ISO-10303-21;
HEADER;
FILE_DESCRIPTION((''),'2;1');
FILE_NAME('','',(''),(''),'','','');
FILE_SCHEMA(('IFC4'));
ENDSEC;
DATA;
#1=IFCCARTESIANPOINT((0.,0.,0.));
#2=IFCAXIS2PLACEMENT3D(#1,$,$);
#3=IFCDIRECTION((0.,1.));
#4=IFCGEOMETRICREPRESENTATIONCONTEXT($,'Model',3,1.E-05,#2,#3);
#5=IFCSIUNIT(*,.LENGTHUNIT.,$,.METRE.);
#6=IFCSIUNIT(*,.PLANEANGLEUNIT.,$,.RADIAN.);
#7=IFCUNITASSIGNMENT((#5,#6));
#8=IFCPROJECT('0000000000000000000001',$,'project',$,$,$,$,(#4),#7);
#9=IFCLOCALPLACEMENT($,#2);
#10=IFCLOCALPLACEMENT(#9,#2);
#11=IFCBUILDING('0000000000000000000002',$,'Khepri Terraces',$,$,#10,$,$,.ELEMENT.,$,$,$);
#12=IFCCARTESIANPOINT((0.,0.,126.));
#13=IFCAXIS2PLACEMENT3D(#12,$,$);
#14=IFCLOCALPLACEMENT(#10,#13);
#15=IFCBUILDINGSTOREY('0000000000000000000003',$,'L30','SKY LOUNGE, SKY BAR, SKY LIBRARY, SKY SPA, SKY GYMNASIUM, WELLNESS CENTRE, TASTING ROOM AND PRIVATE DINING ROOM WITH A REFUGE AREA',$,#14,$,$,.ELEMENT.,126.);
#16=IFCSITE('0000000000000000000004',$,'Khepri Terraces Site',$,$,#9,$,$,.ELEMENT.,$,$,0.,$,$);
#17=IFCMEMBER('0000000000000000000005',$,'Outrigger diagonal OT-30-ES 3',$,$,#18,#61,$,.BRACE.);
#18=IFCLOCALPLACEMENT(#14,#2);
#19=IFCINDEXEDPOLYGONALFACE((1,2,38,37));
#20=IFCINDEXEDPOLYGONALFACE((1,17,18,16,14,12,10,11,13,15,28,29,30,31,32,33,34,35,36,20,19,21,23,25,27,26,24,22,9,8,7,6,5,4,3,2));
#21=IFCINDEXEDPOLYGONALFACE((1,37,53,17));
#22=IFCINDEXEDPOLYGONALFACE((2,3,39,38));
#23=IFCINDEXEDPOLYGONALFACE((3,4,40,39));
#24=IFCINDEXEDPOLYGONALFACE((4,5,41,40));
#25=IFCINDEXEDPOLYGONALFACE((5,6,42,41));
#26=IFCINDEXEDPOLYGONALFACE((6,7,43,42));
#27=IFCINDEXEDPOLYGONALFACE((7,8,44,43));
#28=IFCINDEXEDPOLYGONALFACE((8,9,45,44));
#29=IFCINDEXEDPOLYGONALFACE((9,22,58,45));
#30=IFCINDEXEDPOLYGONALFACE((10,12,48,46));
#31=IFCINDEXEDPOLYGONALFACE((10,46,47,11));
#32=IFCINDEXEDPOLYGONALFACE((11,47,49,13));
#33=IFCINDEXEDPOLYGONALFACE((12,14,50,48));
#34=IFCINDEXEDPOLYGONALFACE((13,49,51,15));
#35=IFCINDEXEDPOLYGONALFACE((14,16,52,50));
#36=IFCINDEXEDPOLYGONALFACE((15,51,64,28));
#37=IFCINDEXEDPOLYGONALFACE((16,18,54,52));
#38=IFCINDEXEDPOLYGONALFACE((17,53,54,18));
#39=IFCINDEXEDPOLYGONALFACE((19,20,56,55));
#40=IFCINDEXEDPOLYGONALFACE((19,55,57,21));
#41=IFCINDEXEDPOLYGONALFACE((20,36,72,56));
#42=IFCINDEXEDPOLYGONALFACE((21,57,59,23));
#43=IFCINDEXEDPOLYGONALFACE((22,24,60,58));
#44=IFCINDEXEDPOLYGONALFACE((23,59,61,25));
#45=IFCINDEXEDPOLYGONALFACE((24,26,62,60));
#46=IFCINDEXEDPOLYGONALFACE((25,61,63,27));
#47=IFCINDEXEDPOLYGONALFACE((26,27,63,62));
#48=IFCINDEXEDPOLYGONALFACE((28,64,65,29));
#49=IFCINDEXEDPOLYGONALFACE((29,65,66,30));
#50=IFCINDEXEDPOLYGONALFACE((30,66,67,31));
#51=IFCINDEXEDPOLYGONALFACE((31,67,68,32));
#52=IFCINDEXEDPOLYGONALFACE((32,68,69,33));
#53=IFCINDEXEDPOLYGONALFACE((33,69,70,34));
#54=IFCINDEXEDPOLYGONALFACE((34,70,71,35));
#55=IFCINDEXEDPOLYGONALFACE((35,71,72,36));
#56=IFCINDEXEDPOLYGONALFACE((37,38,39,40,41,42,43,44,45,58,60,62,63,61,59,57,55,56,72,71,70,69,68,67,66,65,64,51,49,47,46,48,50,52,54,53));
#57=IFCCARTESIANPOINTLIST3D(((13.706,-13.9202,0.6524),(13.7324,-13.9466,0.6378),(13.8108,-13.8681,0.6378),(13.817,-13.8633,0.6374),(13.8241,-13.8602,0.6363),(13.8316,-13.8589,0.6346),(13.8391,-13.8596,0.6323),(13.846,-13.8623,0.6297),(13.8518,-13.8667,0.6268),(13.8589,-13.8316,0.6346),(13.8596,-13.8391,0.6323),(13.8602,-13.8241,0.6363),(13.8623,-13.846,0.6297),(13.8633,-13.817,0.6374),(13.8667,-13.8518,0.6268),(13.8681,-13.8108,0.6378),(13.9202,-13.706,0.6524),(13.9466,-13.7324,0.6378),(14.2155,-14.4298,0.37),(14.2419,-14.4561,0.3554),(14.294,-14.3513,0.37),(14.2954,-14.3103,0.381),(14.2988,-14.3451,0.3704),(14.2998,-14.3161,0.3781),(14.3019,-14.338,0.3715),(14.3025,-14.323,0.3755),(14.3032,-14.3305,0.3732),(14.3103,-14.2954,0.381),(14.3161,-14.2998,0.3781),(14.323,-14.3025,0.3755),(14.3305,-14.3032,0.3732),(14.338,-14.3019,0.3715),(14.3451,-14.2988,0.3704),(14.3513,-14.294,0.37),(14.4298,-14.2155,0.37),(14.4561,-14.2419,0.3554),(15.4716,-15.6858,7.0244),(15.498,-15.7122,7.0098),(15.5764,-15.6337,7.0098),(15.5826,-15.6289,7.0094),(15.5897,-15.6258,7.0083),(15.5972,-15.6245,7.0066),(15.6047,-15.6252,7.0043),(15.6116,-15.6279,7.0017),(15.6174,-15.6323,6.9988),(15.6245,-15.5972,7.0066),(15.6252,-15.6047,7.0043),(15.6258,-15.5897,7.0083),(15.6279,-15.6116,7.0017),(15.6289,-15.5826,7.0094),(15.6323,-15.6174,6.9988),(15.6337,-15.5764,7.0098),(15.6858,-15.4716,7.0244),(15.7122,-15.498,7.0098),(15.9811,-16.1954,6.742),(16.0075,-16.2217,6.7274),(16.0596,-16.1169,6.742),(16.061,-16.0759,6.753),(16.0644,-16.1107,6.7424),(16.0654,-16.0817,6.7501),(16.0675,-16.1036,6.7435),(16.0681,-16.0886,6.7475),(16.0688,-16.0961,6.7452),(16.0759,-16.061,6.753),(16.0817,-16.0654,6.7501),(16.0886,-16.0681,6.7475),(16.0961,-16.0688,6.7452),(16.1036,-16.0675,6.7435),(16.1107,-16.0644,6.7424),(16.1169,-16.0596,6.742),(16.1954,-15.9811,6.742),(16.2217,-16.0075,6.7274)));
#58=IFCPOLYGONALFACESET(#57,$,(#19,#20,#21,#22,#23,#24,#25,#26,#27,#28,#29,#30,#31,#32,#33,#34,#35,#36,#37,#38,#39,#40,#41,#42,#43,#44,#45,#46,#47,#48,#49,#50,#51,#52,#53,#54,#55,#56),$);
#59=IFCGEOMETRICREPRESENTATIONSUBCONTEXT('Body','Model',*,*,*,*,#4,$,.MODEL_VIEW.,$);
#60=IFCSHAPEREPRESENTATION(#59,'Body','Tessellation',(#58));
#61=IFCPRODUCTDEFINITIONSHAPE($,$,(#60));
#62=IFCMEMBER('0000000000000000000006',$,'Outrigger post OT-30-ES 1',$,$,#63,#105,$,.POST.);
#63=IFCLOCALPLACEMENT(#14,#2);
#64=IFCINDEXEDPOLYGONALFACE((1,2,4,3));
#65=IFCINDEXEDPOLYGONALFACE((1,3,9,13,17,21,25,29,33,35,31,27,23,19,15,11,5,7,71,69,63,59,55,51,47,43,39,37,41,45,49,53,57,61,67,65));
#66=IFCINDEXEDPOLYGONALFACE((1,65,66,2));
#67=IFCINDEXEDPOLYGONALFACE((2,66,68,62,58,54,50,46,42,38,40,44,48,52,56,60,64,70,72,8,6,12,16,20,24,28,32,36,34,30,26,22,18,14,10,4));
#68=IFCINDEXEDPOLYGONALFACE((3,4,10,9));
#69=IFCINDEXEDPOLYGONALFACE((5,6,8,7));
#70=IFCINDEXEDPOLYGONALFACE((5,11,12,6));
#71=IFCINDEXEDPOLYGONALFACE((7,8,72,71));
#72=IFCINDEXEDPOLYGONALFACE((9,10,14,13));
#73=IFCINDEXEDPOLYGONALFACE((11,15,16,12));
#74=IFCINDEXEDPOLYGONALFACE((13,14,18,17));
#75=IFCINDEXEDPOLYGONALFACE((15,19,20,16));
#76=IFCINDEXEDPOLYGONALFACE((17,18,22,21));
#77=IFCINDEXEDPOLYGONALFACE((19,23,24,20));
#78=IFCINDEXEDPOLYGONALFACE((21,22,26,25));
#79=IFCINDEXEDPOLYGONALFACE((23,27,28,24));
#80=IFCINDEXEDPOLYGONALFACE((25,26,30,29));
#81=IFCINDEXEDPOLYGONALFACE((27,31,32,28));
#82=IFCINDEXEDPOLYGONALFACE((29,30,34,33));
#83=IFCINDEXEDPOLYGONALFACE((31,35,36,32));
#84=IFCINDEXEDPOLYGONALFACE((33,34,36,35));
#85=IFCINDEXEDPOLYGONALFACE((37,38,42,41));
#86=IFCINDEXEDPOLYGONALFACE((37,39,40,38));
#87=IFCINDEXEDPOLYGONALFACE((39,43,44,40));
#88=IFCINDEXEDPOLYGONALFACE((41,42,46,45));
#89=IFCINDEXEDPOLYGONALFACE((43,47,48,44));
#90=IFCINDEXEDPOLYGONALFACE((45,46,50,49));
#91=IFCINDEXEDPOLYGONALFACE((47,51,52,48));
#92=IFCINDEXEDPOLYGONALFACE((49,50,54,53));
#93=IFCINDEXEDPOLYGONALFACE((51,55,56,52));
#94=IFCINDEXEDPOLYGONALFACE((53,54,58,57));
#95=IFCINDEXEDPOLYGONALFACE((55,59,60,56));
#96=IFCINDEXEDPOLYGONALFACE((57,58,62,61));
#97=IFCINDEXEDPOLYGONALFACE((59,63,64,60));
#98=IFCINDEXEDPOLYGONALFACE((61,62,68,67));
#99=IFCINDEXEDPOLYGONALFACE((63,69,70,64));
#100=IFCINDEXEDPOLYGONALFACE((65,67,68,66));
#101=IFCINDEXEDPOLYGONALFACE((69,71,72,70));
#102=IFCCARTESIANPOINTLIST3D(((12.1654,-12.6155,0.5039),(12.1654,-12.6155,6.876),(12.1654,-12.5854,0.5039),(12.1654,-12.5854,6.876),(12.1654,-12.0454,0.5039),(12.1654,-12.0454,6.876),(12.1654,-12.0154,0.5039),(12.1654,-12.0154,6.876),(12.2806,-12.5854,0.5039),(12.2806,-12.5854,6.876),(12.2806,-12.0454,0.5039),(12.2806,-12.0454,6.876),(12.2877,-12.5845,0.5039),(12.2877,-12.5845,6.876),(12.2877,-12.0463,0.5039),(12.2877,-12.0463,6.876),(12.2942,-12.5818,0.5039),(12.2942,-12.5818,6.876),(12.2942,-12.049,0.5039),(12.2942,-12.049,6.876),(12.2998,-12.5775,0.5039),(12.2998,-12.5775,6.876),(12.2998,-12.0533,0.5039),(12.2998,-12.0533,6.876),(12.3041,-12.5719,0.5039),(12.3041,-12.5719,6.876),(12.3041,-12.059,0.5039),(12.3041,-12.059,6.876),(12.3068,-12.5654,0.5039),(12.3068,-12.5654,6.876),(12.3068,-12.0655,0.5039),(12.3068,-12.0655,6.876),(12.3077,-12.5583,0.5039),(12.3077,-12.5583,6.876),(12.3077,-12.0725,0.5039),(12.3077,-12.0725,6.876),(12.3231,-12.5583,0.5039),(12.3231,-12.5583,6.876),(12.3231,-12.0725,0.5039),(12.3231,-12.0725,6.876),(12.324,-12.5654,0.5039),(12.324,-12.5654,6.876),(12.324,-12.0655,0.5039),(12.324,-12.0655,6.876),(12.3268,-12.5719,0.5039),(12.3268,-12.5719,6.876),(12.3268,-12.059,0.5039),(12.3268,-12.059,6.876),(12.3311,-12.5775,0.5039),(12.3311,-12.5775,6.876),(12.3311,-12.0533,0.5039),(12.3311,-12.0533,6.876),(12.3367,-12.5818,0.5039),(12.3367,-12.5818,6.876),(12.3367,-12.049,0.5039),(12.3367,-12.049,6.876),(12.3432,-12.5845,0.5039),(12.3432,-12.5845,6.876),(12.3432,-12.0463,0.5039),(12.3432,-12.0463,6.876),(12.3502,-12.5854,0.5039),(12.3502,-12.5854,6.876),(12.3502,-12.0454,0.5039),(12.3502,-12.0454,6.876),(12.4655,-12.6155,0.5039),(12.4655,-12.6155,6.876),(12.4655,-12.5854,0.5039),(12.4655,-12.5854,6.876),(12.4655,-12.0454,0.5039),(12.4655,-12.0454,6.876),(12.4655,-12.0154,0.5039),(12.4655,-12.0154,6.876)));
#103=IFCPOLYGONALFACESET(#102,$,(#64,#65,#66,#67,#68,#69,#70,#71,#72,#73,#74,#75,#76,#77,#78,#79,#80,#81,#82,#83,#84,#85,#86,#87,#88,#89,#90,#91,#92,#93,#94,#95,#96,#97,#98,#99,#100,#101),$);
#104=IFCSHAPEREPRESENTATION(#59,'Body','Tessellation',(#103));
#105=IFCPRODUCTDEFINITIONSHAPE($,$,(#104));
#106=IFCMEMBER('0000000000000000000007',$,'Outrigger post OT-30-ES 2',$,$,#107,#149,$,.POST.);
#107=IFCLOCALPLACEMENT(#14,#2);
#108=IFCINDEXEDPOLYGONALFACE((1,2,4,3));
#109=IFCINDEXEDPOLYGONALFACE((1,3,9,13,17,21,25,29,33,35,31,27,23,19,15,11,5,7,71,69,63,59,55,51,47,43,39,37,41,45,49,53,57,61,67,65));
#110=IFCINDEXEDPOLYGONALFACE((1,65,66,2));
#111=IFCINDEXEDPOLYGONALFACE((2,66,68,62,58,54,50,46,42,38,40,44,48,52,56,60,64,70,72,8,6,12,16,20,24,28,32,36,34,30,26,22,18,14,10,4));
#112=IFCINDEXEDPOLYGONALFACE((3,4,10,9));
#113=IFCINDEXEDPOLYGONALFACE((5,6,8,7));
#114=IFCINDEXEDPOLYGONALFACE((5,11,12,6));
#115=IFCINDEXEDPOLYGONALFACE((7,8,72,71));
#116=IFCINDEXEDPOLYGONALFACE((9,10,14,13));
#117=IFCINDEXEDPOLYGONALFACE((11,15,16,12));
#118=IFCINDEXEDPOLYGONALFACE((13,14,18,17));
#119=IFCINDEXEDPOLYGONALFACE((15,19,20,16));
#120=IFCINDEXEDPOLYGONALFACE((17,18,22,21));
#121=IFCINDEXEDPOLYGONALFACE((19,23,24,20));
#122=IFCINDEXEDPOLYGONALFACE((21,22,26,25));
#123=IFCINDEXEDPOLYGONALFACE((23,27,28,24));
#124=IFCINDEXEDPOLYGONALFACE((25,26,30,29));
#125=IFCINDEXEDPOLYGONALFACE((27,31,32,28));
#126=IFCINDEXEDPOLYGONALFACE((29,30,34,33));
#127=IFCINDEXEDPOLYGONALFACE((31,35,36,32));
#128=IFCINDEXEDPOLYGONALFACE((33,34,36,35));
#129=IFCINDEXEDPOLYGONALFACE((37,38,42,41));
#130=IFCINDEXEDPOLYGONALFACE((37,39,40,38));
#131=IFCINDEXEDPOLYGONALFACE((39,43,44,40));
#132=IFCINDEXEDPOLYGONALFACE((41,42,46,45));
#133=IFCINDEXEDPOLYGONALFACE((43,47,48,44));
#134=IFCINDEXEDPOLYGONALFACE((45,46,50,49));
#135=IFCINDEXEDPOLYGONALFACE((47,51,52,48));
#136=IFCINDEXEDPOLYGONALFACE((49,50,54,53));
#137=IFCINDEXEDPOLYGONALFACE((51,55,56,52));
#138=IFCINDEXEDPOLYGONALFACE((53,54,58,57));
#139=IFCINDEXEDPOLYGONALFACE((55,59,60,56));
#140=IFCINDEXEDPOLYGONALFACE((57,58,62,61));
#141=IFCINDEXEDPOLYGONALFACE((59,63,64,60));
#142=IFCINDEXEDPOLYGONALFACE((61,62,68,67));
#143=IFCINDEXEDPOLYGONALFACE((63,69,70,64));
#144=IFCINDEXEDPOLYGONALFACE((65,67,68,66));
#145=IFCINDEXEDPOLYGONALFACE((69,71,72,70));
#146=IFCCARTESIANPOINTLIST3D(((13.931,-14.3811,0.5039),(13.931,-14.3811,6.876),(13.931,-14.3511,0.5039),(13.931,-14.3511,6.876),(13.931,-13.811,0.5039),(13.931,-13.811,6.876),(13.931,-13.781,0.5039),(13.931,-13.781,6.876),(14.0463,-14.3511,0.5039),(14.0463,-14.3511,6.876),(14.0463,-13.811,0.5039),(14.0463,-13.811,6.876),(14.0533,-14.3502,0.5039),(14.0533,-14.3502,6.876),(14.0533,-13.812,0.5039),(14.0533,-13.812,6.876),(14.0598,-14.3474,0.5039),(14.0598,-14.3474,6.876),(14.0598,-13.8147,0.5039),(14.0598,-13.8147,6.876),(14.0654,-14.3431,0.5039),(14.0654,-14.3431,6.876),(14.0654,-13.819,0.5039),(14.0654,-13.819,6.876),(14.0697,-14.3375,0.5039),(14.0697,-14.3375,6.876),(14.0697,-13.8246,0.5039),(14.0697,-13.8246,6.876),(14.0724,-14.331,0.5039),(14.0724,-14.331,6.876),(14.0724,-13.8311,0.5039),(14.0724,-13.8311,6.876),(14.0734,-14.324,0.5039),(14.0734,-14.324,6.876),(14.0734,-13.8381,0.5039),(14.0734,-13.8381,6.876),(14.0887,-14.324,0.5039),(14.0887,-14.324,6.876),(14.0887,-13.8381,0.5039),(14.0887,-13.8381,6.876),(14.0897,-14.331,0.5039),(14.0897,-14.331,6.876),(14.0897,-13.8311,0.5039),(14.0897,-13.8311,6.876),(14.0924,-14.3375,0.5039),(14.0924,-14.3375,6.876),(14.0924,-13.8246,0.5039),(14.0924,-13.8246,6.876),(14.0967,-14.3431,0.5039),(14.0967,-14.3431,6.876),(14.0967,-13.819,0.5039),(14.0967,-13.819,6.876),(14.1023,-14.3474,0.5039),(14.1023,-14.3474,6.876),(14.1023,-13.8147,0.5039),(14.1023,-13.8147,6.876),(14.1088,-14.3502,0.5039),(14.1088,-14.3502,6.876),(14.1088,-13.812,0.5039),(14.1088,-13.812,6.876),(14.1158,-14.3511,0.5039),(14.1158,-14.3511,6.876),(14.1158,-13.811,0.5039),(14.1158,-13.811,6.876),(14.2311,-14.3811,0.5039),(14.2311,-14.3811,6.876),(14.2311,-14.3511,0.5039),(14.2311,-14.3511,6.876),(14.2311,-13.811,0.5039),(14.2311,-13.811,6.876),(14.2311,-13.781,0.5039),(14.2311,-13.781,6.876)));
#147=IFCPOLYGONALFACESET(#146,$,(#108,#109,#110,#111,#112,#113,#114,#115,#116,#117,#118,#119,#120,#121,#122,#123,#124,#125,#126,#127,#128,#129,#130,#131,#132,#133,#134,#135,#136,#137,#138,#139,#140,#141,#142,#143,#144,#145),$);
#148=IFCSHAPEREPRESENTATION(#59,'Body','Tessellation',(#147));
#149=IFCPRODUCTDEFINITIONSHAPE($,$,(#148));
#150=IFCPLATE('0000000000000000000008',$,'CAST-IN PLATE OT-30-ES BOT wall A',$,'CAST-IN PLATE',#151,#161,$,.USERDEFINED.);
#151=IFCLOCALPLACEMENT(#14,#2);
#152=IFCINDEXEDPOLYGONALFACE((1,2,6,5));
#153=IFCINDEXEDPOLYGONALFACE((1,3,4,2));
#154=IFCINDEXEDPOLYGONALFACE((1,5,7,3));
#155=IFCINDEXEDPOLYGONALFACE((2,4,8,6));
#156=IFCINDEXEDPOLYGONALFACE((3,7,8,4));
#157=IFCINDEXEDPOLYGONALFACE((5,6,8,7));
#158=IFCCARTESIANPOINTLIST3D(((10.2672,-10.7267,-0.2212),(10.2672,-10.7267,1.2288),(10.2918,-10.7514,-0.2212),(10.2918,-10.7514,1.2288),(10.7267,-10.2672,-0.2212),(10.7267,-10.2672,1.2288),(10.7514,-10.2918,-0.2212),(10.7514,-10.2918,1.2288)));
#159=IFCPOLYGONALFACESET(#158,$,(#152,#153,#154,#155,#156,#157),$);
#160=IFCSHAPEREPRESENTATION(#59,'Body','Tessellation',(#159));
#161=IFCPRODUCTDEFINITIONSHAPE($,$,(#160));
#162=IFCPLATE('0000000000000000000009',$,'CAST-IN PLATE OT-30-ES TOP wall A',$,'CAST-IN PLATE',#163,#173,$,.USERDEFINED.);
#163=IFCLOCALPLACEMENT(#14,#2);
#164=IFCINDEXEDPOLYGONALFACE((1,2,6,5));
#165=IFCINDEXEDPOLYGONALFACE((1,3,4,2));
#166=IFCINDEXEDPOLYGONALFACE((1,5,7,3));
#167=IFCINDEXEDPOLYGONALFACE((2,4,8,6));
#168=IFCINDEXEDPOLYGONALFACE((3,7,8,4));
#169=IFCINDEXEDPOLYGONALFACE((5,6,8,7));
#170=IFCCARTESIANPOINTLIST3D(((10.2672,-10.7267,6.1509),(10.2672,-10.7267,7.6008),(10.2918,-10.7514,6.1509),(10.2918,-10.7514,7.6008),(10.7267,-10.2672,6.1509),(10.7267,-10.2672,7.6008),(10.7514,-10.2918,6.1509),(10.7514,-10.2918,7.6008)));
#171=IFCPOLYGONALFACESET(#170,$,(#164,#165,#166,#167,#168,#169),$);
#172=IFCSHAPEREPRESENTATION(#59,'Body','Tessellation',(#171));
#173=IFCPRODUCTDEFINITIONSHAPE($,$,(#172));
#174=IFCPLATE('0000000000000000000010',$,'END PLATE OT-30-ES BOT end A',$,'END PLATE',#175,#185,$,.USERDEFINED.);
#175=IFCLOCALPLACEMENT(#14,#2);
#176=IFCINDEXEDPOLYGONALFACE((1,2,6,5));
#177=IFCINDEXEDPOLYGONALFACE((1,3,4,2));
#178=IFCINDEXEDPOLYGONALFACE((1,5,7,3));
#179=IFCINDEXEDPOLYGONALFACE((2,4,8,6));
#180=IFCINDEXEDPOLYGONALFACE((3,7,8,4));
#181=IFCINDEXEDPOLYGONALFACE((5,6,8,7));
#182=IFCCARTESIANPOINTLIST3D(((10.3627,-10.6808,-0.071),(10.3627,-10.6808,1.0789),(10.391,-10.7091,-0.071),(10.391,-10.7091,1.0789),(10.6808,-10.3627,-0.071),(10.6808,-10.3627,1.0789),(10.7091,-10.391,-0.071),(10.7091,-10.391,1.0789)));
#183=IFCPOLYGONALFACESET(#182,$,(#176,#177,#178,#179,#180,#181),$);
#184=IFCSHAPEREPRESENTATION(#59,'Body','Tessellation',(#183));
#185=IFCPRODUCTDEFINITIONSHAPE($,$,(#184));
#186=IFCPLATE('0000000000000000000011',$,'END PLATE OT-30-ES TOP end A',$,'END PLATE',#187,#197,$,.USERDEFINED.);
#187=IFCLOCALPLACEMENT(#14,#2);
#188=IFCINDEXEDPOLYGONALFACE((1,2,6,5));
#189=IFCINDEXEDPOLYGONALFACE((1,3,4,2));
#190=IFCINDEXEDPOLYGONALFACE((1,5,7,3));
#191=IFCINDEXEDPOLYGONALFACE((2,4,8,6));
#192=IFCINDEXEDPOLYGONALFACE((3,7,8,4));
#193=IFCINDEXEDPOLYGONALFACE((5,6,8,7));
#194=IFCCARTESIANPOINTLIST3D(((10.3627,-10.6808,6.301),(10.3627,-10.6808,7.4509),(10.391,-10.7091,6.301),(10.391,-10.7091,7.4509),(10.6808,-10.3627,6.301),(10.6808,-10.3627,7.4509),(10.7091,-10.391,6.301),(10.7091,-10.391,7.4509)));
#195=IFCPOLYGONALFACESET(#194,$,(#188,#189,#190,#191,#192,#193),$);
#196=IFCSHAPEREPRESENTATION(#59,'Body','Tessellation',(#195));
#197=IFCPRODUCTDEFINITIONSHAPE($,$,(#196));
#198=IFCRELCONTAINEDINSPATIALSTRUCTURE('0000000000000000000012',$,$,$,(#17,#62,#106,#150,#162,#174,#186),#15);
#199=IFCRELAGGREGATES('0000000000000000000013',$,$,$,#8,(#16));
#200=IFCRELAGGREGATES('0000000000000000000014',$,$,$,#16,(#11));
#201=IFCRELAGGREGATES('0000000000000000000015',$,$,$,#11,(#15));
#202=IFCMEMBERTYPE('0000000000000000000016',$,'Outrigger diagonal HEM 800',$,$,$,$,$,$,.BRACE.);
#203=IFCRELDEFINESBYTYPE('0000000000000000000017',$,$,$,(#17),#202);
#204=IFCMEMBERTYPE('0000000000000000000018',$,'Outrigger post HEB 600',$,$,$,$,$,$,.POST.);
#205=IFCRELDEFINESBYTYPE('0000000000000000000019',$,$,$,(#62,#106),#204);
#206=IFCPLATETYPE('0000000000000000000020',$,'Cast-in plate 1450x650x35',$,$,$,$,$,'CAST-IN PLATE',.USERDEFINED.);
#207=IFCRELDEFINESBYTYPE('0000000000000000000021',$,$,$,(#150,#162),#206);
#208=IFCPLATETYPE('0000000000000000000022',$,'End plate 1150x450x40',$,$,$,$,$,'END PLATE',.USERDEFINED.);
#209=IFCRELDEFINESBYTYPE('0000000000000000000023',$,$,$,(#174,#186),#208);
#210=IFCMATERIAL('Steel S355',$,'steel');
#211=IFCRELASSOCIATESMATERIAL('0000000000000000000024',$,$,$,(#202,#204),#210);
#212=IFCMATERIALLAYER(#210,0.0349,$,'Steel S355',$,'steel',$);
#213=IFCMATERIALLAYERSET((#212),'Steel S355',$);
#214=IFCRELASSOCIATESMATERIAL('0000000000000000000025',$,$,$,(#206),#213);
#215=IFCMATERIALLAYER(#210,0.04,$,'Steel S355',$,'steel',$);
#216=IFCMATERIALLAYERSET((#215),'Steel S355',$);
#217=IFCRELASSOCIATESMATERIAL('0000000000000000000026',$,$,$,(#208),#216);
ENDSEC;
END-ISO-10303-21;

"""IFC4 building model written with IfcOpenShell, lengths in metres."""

from ifc_helpers import new_model, si_unit, direction, frame, origin, origin_2d, place, context, subcontext, project, spatial, rectangle, i_section, extrude, material, layer, layer_set, material_profile, profile_set, type_object, element, save


model = new_model("IFC4")

# Units and contexts
model_context = context("Model", 3, precision=1e-05, world=origin(), true_north=direction((0.0, 1.0)))
body_context = subcontext(model_context, "Body", "Model", "MODEL_VIEW")
ifc_project = project(units=[si_unit("LENGTHUNIT", "METRE"), si_unit("PLANEANGLEUNIT", "RADIAN")], contexts=[model_context])

# Site, building, storey
site_placement = place(None, origin())
site = spatial("IfcSite", under=ifc_project, at=site_placement, Name="Khepri Terraces Site", CompositionType="ELEMENT", RefElevation=0.0)
building_placement = place(site_placement, origin())
building = spatial("IfcBuilding", under=site, at=building_placement, Name="Khepri Terraces", CompositionType="ELEMENT")
storey_placement = place(building_placement, frame((0.0, 0.0, 126.0)))
storey = spatial("IfcBuildingStorey", under=building, at=storey_placement, Name="L30", Description="SKY LOUNGE, SKY BAR, SKY LIBRARY, SKY SPA, SKY GYMNASIUM, WELLNESS CENTRE, TASTING ROOM AND PRIVATE DINING ROOM WITH A REFUGE AREA", CompositionType="ELEMENT", Elevation=126.0)

# Members
ifc_material_1 = material(Name="Steel S355", Category="steel")
ifc_material_profile_1 = material_profile(ifc_material_1, i_section(OverallWidth=0.303, OverallDepth=0.814, WebThickness=0.021, FlangeThickness=0.04, FilletRadius=0.03, at=origin_2d()), Name="Steel S355", Category="steel")
ifc_profile_set_1 = profile_set([ifc_material_profile_1], Name="Steel S355")
member_type_1 = type_object("IfcMemberType", Name="Outrigger diagonal HEM 800", PredefinedType="BRACE", material=ifc_profile_set_1)
for number, where, z_axis, x_axis, name in (
    (1, (14.0811, -14.0811, 0.5039), (0.257987, -0.257987, 0.931067), (0.707107, 0.707107, 0.0), "Outrigger diagonal OT-30-ES 3"),
):
    element("IfcMember", number, at=place(storey_placement, frame(where, z_axis=z_axis, x_axis=x_axis)), inside=storey, type_object=member_type_1, Name=name, PredefinedType="BRACE", context=body_context, shape_type="SweptSolid", body=[
        extrude(i_section(OverallWidth=0.303, OverallDepth=0.814, WebThickness=0.021, FlangeThickness=0.04, FilletRadius=0.03, at=origin_2d()), origin(), (0.0, 0.0, 1.0), 6.8438),
    ])
ifc_material_profile_2 = material_profile(ifc_material_1, i_section(OverallWidth=0.3, OverallDepth=0.6001, WebThickness=0.0154, FlangeThickness=0.03, FilletRadius=0.0271, at=origin_2d()), Name="Steel S355", Category="steel")
ifc_profile_set_2 = profile_set([ifc_material_profile_2], Name="Steel S355")
member_type_2 = type_object("IfcMemberType", Name="Outrigger post HEB 600", PredefinedType="POST", material=ifc_profile_set_2)
for number, where, z_axis, x_axis, name in (
    (2, (12.3154, -12.3154, 0.5039), (0.0, 0.0, 1.0), (1.0, 0.0, 0.0), "Outrigger post OT-30-ES 1"),
    (3, (14.0811, -14.0811, 0.5039), (0.0, 0.0, 1.0), (1.0, 0.0, 0.0), "Outrigger post OT-30-ES 2"),
):
    element("IfcMember", number, at=place(storey_placement, frame(where, z_axis=z_axis, x_axis=x_axis)), inside=storey, type_object=member_type_2, Name=name, PredefinedType="POST", context=body_context, shape_type="SweptSolid", body=[
        extrude(i_section(OverallWidth=0.3, OverallDepth=0.6001, WebThickness=0.0154, FlangeThickness=0.03, FilletRadius=0.0271, at=origin_2d()), origin(), (0.0, 0.0, 1.0), 6.3721),
    ])

# Plates
ifc_layer_1 = layer(ifc_material_1, 0.0349, Name="Steel S355", Category="steel")
ifc_layer_set_1 = layer_set([ifc_layer_1], Name="Steel S355")
plate_type_1 = type_object("IfcPlateType", Name="Cast-in plate 1450x650x35", ElementType="CAST-IN PLATE", PredefinedType="USERDEFINED", material=ifc_layer_set_1)
for number, where, z_axis, x_axis, name in (
    (4, (10.5093, -10.5093, -0.2212), (0.0, 0.0, 1.0), (0.707107, -0.707107, 0.0), "CAST-IN PLATE OT-30-ES BOT wall A"),
    (5, (10.5093, -10.5093, 6.1509), (0.0, 0.0, 1.0), (0.707107, -0.707107, 0.0), "CAST-IN PLATE OT-30-ES TOP wall A"),
):
    element("IfcPlate", number, at=place(storey_placement, frame(where, z_axis=z_axis, x_axis=x_axis)), inside=storey, type_object=plate_type_1, Name=name, ObjectType="CAST-IN PLATE", PredefinedType="USERDEFINED", context=body_context, shape_type="SweptSolid", body=[
        extrude(rectangle(XDim=0.0349, YDim=0.6499, at=origin_2d()), origin(), (0.0, 0.0, 1.0), 1.45),
    ])
ifc_layer_2 = layer(ifc_material_1, 0.04, Name="Steel S355", Category="steel")
ifc_layer_set_2 = layer_set([ifc_layer_2], Name="Steel S355")
plate_type_2 = type_object("IfcPlateType", Name="End plate 1150x450x40", ElementType="END PLATE", PredefinedType="USERDEFINED", material=ifc_layer_set_2)
for number, where, z_axis, x_axis, name in (
    (6, (10.5359, -10.5359, -0.071), (0.0, 0.0, 1.0), (0.707107, -0.707107, 0.0), "END PLATE OT-30-ES BOT end A"),
    (7, (10.5359, -10.5359, 6.301), (0.0, 0.0, 1.0), (0.707107, -0.707107, 0.0), "END PLATE OT-30-ES TOP end A"),
):
    element("IfcPlate", number, at=place(storey_placement, frame(where, z_axis=z_axis, x_axis=x_axis)), inside=storey, type_object=plate_type_2, Name=name, ObjectType="END PLATE", PredefinedType="USERDEFINED", context=body_context, shape_type="SweptSolid", body=[
        extrude(rectangle(XDim=0.04, YDim=0.45, at=origin_2d()), origin(), (0.0, 0.0, 1.0), 1.1499),
    ])

save(model, "model.ifc")
